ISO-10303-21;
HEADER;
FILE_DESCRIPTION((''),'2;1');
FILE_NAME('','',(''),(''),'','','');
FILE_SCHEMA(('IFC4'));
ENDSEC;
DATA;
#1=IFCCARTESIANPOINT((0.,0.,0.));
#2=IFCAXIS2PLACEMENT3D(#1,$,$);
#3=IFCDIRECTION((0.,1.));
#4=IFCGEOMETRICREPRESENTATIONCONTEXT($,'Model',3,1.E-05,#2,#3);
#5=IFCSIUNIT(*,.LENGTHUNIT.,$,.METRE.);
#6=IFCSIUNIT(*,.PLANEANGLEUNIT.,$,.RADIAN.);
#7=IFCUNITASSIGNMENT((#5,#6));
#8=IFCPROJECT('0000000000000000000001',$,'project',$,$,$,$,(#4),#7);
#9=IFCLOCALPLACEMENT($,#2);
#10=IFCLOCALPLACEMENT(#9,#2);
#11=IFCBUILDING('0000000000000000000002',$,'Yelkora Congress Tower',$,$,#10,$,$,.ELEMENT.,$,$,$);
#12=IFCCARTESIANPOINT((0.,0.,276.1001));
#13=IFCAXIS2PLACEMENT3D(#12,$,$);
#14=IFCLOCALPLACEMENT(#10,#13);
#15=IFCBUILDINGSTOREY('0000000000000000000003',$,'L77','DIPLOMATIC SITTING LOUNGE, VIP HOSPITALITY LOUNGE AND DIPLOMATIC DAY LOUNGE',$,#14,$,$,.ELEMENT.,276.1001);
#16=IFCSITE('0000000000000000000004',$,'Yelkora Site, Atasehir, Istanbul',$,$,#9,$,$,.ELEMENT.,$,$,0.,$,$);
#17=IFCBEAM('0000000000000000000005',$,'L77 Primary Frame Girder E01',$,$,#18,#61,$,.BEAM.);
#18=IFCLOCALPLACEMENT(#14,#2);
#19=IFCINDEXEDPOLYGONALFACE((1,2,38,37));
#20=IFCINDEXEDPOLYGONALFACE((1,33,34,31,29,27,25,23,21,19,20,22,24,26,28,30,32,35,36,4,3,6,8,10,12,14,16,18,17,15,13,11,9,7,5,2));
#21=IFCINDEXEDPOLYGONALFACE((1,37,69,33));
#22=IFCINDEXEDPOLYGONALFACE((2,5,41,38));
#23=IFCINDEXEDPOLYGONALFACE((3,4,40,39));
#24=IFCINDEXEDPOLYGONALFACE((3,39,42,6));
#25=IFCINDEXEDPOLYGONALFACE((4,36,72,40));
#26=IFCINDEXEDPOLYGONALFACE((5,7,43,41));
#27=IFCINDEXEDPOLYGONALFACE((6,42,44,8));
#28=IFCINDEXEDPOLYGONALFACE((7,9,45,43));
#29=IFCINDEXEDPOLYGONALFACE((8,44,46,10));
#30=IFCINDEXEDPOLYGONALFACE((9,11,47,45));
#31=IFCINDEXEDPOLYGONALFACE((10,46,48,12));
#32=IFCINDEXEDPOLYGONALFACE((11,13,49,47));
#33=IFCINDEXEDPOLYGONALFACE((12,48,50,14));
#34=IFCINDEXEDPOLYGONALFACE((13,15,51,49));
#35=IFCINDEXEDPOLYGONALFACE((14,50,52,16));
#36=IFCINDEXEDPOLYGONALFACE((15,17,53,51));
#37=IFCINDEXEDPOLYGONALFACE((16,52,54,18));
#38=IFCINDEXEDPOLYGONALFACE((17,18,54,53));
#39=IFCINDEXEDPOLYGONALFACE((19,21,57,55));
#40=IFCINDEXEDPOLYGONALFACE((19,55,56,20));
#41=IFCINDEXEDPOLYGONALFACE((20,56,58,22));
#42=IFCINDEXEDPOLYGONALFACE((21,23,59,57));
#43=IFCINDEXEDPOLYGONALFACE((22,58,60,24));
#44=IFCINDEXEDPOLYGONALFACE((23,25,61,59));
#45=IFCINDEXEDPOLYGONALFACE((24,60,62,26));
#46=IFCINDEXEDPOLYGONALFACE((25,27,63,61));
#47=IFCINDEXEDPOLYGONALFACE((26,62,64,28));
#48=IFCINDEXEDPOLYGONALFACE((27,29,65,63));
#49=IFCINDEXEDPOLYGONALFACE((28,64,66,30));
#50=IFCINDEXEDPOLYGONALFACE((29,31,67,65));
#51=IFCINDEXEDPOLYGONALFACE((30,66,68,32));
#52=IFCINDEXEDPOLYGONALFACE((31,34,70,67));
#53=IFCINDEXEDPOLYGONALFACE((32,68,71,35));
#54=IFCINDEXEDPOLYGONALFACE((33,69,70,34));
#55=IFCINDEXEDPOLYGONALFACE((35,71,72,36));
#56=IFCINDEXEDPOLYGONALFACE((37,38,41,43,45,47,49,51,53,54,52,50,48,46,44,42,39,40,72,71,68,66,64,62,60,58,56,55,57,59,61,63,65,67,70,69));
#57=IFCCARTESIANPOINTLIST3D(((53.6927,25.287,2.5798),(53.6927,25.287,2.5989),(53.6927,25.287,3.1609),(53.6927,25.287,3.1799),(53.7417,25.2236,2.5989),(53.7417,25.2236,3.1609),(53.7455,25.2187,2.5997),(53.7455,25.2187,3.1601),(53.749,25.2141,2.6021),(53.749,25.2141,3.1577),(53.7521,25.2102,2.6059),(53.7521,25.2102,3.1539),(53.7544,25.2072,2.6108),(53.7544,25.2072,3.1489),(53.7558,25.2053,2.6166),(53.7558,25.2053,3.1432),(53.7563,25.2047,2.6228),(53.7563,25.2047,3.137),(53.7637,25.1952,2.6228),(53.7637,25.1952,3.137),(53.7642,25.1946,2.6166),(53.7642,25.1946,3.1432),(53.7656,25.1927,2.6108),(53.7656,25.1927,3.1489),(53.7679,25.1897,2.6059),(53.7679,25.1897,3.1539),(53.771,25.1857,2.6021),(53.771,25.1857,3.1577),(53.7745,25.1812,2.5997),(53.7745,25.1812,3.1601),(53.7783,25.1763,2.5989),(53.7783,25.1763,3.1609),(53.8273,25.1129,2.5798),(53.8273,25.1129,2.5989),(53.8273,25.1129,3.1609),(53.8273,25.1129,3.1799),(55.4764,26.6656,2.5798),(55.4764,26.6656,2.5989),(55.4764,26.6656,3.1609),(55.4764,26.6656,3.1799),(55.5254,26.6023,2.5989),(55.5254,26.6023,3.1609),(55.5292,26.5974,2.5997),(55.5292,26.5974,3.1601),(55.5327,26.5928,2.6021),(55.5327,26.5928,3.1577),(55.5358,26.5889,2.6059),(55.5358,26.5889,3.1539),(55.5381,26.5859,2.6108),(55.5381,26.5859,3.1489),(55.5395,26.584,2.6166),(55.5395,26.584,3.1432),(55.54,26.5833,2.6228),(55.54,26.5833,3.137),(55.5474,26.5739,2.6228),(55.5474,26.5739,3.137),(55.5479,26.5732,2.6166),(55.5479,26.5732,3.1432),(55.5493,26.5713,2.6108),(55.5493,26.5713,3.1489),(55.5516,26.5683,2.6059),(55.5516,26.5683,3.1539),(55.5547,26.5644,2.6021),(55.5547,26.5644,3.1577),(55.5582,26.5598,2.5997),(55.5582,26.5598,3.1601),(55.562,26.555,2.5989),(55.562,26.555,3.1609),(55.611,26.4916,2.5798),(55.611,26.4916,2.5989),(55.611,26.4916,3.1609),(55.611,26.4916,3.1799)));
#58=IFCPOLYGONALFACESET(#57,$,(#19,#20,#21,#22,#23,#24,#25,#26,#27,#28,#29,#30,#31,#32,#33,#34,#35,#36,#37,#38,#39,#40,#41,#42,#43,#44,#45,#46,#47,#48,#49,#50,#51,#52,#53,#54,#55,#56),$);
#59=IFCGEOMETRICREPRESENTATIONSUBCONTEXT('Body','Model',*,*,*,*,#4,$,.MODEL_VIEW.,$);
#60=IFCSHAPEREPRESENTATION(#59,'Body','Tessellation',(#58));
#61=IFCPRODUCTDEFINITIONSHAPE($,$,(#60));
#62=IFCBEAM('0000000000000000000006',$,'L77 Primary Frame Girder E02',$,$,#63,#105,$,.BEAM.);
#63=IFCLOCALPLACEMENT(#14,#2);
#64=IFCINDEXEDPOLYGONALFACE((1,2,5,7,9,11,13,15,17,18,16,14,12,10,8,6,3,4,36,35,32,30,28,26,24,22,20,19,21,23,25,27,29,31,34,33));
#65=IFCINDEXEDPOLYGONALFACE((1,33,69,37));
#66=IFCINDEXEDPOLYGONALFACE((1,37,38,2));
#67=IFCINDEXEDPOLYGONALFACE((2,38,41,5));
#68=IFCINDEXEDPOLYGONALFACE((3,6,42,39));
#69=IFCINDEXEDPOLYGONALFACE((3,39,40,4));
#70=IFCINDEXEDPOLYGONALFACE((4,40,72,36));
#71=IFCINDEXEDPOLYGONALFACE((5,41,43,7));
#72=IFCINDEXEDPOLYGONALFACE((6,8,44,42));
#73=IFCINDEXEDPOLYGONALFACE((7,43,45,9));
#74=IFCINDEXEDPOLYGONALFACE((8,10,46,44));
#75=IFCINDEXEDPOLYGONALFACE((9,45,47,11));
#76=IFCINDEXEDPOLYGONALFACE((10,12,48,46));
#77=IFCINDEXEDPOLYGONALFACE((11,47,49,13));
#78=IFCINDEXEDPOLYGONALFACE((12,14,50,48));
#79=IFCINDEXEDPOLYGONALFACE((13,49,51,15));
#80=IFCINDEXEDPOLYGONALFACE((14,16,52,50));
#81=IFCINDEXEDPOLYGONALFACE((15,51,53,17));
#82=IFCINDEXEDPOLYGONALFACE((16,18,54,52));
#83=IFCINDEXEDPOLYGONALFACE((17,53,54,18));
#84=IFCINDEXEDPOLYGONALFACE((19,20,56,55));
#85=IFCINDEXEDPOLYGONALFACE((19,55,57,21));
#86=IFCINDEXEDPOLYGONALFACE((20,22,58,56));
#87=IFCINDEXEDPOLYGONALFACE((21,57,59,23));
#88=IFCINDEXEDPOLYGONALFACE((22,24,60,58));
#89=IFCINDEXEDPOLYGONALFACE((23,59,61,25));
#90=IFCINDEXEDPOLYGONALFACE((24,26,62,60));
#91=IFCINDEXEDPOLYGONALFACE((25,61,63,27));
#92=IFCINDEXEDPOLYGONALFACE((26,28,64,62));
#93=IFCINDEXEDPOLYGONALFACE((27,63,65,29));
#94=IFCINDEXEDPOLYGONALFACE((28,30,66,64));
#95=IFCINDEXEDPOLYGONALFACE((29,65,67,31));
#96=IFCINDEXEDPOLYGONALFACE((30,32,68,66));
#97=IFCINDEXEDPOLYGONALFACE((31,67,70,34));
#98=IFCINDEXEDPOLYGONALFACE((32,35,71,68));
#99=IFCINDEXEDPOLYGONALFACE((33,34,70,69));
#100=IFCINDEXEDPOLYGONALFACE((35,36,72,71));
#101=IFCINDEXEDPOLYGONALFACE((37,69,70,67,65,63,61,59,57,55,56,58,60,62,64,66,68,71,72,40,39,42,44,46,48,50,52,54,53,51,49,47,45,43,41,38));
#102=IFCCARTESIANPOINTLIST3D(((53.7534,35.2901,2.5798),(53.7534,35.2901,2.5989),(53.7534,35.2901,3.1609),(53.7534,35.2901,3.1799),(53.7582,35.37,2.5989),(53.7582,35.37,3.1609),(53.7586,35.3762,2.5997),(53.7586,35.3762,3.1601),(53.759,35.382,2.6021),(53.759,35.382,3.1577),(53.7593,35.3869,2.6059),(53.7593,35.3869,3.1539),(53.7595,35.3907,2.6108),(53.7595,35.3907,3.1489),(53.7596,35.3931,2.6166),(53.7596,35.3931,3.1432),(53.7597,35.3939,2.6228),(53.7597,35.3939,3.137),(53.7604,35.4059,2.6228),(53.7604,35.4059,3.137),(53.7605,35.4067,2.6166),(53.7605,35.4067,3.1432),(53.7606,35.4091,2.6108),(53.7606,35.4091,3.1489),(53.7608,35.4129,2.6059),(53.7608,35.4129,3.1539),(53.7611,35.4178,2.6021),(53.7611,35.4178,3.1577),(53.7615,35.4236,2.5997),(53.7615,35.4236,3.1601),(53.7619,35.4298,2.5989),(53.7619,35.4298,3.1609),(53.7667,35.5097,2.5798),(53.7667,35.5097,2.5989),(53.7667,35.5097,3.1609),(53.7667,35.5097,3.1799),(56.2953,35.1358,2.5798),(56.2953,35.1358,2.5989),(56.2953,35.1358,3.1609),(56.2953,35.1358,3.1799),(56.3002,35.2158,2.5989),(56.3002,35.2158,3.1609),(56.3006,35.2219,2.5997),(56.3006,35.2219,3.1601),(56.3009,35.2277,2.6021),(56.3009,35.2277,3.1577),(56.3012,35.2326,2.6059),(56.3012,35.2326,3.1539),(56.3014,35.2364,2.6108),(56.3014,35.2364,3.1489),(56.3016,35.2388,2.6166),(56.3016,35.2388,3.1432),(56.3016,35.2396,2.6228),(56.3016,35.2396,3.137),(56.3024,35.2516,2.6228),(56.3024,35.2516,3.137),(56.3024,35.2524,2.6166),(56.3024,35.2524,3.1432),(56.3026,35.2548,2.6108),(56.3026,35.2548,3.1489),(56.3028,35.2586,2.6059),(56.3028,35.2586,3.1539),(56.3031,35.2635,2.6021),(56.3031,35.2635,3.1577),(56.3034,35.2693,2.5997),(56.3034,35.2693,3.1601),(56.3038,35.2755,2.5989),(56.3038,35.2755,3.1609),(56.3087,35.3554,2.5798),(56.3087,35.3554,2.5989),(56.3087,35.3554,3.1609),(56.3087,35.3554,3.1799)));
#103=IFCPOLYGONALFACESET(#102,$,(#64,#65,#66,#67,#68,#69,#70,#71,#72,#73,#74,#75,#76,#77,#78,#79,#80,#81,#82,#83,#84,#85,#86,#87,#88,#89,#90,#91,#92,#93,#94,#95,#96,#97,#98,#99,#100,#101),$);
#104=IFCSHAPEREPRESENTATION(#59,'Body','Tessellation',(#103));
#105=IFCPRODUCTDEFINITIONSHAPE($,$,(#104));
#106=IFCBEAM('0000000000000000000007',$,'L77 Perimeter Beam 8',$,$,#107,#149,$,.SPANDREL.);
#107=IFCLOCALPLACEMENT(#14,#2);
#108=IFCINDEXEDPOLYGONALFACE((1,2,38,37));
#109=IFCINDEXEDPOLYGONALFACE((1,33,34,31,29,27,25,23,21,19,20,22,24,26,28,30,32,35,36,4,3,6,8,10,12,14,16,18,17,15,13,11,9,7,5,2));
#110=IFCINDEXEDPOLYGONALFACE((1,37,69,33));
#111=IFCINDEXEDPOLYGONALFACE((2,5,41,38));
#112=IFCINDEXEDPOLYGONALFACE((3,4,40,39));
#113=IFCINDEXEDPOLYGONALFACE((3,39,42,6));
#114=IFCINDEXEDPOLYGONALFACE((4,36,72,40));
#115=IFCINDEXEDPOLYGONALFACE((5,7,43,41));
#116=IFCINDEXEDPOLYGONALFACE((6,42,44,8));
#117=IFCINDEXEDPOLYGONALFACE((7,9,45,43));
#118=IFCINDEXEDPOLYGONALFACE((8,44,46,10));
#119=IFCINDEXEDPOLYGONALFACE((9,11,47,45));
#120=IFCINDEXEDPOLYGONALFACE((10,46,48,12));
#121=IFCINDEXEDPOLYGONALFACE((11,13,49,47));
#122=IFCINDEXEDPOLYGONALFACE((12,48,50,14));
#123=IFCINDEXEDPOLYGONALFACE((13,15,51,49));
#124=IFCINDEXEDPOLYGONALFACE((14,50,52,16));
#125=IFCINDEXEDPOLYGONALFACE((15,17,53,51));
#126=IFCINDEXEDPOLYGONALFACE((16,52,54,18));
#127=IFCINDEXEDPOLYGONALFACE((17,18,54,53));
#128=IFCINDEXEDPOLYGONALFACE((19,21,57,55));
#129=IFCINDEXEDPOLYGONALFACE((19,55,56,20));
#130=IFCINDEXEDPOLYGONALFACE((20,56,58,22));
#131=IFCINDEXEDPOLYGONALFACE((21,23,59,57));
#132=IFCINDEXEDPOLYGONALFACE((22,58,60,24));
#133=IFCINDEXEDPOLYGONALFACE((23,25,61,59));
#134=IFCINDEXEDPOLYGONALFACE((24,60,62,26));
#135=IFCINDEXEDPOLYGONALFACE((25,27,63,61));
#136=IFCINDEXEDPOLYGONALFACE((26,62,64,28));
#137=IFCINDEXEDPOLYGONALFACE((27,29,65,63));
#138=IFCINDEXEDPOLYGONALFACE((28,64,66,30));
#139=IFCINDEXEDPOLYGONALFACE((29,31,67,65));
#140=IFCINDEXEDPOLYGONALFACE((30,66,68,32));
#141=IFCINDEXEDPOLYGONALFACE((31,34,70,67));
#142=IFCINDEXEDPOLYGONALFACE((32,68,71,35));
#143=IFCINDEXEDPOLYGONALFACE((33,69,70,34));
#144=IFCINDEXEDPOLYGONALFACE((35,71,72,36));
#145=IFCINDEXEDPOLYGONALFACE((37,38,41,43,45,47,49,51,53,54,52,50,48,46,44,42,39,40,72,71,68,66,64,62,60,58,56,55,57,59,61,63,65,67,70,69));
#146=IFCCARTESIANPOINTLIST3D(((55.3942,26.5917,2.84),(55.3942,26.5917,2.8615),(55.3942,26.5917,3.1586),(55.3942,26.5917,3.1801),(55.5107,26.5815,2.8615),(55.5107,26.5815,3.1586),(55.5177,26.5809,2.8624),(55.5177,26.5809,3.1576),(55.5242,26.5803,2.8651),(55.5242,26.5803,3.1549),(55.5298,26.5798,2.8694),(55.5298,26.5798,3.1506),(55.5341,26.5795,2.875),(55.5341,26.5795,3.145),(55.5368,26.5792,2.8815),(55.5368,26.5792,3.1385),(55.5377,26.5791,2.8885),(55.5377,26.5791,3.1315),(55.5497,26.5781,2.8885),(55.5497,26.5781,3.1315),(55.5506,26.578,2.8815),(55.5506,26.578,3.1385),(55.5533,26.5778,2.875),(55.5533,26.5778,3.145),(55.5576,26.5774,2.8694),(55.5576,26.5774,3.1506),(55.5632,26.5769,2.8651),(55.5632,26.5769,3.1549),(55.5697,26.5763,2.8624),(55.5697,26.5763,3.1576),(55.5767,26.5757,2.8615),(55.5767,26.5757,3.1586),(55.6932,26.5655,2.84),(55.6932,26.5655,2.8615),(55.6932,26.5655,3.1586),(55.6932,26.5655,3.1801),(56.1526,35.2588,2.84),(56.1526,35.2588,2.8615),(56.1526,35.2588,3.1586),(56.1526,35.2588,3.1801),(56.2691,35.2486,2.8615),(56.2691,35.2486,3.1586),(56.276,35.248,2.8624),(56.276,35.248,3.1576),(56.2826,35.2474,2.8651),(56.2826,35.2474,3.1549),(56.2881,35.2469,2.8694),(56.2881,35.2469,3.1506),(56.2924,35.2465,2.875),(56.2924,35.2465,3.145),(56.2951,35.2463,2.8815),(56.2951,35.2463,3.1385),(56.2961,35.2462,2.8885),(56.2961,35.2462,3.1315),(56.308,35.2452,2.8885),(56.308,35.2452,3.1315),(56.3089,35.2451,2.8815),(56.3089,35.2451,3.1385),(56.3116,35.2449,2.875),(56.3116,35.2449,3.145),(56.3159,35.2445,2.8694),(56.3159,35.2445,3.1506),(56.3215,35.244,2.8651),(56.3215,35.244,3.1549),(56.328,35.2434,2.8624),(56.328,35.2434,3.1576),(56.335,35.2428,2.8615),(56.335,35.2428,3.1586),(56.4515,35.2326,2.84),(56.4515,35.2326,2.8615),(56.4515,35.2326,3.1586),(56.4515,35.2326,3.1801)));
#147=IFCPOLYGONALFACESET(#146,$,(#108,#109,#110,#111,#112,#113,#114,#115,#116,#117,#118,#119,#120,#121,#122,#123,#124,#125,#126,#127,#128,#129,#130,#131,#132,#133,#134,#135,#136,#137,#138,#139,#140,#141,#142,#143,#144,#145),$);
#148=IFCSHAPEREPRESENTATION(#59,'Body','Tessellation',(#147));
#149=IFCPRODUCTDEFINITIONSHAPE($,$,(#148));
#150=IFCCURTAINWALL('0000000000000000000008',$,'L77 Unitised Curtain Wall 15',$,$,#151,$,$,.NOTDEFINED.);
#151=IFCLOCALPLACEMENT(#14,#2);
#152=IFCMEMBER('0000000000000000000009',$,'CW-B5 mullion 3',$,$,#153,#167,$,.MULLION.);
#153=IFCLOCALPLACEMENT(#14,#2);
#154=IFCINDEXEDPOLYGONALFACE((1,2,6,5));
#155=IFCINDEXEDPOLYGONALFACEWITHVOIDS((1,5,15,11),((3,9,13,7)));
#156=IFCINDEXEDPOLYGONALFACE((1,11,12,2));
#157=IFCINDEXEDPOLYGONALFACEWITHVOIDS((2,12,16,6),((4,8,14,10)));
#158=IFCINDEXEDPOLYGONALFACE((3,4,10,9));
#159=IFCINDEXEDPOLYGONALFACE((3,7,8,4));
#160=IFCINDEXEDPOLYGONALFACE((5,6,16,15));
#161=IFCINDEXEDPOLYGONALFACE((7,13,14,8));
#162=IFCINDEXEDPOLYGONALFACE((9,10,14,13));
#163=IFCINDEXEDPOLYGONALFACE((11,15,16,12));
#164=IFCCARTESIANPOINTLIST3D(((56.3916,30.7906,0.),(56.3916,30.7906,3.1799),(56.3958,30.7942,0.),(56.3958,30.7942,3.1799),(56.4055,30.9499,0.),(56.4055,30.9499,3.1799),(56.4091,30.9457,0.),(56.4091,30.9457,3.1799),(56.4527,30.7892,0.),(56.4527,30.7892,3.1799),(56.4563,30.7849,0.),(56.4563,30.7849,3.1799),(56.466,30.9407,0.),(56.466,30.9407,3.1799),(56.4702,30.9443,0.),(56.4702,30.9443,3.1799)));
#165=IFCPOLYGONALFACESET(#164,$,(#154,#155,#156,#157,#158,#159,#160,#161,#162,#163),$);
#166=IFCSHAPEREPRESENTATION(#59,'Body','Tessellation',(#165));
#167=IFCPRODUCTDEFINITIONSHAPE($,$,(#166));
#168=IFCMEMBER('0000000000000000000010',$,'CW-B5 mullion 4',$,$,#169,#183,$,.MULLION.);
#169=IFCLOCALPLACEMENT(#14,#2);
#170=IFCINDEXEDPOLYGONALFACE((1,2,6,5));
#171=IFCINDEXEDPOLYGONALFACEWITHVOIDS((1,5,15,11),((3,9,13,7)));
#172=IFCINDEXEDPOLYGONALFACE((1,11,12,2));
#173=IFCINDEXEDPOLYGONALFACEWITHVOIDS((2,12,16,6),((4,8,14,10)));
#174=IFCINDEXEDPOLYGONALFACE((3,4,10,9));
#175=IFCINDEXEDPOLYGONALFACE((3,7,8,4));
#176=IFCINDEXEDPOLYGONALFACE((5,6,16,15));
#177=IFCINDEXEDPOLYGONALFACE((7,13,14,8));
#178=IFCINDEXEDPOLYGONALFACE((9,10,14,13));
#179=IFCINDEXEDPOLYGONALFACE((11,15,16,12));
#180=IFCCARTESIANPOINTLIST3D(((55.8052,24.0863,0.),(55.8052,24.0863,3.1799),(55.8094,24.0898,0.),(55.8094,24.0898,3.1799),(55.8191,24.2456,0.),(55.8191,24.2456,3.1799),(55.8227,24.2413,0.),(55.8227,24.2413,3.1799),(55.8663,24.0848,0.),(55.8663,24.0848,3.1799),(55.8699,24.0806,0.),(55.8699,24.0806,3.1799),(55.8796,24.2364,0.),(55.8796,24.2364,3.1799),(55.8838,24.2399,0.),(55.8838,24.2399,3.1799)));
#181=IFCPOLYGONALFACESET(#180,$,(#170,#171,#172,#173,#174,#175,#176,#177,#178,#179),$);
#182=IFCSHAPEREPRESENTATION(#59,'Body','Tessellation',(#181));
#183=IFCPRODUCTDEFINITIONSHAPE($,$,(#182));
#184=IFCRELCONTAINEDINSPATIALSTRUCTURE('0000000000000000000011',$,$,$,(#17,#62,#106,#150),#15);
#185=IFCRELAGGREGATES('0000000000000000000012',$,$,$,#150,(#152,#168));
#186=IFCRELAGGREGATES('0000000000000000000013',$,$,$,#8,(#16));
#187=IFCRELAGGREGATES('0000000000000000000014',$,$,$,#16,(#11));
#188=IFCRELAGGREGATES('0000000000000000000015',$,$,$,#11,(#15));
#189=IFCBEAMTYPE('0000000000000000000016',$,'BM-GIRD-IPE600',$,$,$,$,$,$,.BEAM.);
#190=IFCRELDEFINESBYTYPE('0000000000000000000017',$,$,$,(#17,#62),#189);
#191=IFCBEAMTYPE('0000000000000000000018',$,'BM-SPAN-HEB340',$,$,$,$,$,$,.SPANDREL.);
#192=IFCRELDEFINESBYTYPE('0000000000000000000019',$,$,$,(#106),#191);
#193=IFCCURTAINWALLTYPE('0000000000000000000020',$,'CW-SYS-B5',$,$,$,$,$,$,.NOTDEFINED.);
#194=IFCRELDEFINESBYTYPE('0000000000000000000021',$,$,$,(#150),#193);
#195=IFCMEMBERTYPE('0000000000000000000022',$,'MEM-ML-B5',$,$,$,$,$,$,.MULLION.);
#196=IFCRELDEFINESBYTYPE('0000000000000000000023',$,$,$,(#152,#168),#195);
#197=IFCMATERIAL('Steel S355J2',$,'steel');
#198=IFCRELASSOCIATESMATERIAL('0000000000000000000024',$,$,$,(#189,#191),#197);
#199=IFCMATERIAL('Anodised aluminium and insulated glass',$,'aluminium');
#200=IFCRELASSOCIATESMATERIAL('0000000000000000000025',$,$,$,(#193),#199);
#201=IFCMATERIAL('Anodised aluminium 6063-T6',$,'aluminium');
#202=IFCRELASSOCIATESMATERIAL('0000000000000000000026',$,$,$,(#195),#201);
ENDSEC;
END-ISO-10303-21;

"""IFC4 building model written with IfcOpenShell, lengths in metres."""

from ifc_helpers import new_model, si_unit, direction, frame, origin, origin_2d, place, context, subcontext, project, spatial, hollow_rectangle, i_section, extrude, material, material_profile, profile_set, type_object, element, aggregate, save


model = new_model("IFC4")

# Units and contexts
model_context = context("Model", 3, precision=1e-05, world=origin(), true_north=direction((0.0, 1.0)))
body_context = subcontext(model_context, "Body", "Model", "MODEL_VIEW")
ifc_project = project(units=[si_unit("LENGTHUNIT", "METRE"), si_unit("PLANEANGLEUNIT", "RADIAN")], contexts=[model_context])

# Site, building, storey
site_placement = place(None, origin())
site = spatial("IfcSite", under=ifc_project, at=site_placement, Name="Yelkora Site, Atasehir, Istanbul", CompositionType="ELEMENT", RefElevation=0.0)
building_placement = place(site_placement, origin())
building = spatial("IfcBuilding", under=site, at=building_placement, Name="Yelkora Congress Tower", CompositionType="ELEMENT")
storey_placement = place(building_placement, frame((0.0, 0.0, 276.1001)))
storey = spatial("IfcBuildingStorey", under=building, at=storey_placement, Name="L77", Description="DIPLOMATIC SITTING LOUNGE, VIP HOSPITALITY LOUNGE AND DIPLOMATIC DAY LOUNGE", CompositionType="ELEMENT", Elevation=276.1001)

# Shared definitions
ifc_material_1 = material(Name="Steel S355J2", Category="steel")

# Beams
ifc_material_profile_1 = material_profile(ifc_material_1, i_section(OverallWidth=0.22, OverallDepth=0.6001, WebThickness=0.012, FlangeThickness=0.019, FilletRadius=0.0239, at=origin_2d()), Name="IPE 600")
ifc_profile_set_1 = profile_set([ifc_material_profile_1], Name="Steel S355J2")
beam_type_1 = type_object("IfcBeamType", Name="BM-GIRD-IPE600", PredefinedType="BEAM", material=ifc_profile_set_1)
beam_1_placement = place(storey_placement, frame((55.5437, 26.5786, 2.8799), z_axis=(-0.791209, -0.611546, 0.0), x_axis=(0.611546, -0.791209, 0.0)))
element("IfcBeam", 1, at=beam_1_placement, inside=storey, type_object=beam_type_1, Name="L77 Primary Frame Girder E01", PredefinedType="BEAM", context=body_context, shape_type="SweptSolid", body=[
    extrude(i_section(OverallWidth=0.22, OverallDepth=0.6001, WebThickness=0.012, FlangeThickness=0.019, FilletRadius=0.0239, at=origin_2d()), origin(), (0.0, 0.0, 1.0), 2.2544),
])
beam_2_placement = place(storey_placement, frame((56.302, 35.2456, 2.8799), z_axis=(-0.998163, 0.060588, 0.0), x_axis=(-0.060588, -0.998163, 0.0)))
element("IfcBeam", 2, at=beam_2_placement, inside=storey, type_object=beam_type_1, Name="L77 Primary Frame Girder E02", PredefinedType="BEAM", context=body_context, shape_type="SweptSolid", body=[
    extrude(i_section(OverallWidth=0.22, OverallDepth=0.6001, WebThickness=0.012, FlangeThickness=0.019, FilletRadius=0.0239, at=origin_2d()), origin(), (0.0, 0.0, 1.0), 2.5466),
])
ifc_material_profile_2 = material_profile(ifc_material_1, i_section(OverallWidth=0.3, OverallDepth=0.3401, WebThickness=0.012, FlangeThickness=0.0215, FilletRadius=0.0271, at=origin_2d()), Name="HEB 340")
ifc_profile_set_2 = profile_set([ifc_material_profile_2], Name="Steel S355J2")
beam_type_2 = type_object("IfcBeamType", Name="BM-SPAN-HEB340", PredefinedType="SPANDREL", material=ifc_profile_set_2)
beam_3_placement = place(storey_placement, frame((55.5437, 26.5786, 3.01), z_axis=(0.08716, 0.996194, 0.0), x_axis=(-0.996194, 0.08716, 0.0)))
element("IfcBeam", 3, at=beam_3_placement, inside=storey, type_object=beam_type_2, Name="L77 Perimeter Beam 8", PredefinedType="SPANDREL", context=body_context, shape_type="SweptSolid", body=[
    extrude(i_section(OverallWidth=0.3, OverallDepth=0.3401, WebThickness=0.012, FlangeThickness=0.0215, FilletRadius=0.0271, at=origin_2d()), origin(), (0.0, 0.0, 1.0), 8.7002),
])

# Curtain wall, members
ifc_material_2 = material(Name="Anodised aluminium and insulated glass", Category="aluminium")
curtain_wall_type = type_object("IfcCurtainWallType", Name="CW-SYS-B5", PredefinedType="NOTDEFINED", material=ifc_material_2)
curtain_wall_placement = place(storey_placement, origin())
curtain_wall = element("IfcCurtainWall", 4, at=curtain_wall_placement, inside=storey, type_object=curtain_wall_type, Name="L77 Unitised Curtain Wall 15", PredefinedType="NOTDEFINED")
ifc_material_3 = material(Name="Anodised aluminium 6063-T6", Category="aluminium")
ifc_material_profile_3 = material_profile(ifc_material_3, hollow_rectangle(XDim=0.0649, YDim=0.1599, WallThickness=0.0039, at=origin_2d()), Name="ALU 65x160x4")
ifc_profile_set_3 = profile_set([ifc_material_profile_3], Name="Anodised aluminium 6063-T6")
member_type_1 = type_object("IfcMemberType", Name="MEM-ML-B5", PredefinedType="MULLION", material=ifc_profile_set_3)
member_1_placement = place(storey_placement, frame((56.4309, 30.8674, 0.0), z_axis=(0.0, 0.0, 1.0), x_axis=(0.996194, -0.087158, 0.0)))
member_1 = element("IfcMember", 5, at=member_1_placement, type_object=member_type_1, Name="CW-B5 mullion 3", PredefinedType="MULLION", context=body_context, shape_type="SweptSolid", body=[
    extrude(hollow_rectangle(XDim=0.0649, YDim=0.1599, WallThickness=0.0039, at=origin_2d()), origin(), (0.0, 0.0, 1.0), 3.1799),
])
member_2_placement = place(storey_placement, frame((55.8445, 24.1631, 0.0), z_axis=(0.0, 0.0, 1.0), x_axis=(0.996194, -0.087158, 0.0)))
member_2 = element("IfcMember", 6, at=member_2_placement, type_object=member_type_1, Name="CW-B5 mullion 4", PredefinedType="MULLION", context=body_context, shape_type="SweptSolid", body=[
    extrude(hollow_rectangle(XDim=0.0649, YDim=0.1599, WallThickness=0.0039, at=origin_2d()), origin(), (0.0, 0.0, 1.0), 3.1799),
])
aggregate(curtain_wall, [member_1, member_2])

save(model, "model.ifc")
